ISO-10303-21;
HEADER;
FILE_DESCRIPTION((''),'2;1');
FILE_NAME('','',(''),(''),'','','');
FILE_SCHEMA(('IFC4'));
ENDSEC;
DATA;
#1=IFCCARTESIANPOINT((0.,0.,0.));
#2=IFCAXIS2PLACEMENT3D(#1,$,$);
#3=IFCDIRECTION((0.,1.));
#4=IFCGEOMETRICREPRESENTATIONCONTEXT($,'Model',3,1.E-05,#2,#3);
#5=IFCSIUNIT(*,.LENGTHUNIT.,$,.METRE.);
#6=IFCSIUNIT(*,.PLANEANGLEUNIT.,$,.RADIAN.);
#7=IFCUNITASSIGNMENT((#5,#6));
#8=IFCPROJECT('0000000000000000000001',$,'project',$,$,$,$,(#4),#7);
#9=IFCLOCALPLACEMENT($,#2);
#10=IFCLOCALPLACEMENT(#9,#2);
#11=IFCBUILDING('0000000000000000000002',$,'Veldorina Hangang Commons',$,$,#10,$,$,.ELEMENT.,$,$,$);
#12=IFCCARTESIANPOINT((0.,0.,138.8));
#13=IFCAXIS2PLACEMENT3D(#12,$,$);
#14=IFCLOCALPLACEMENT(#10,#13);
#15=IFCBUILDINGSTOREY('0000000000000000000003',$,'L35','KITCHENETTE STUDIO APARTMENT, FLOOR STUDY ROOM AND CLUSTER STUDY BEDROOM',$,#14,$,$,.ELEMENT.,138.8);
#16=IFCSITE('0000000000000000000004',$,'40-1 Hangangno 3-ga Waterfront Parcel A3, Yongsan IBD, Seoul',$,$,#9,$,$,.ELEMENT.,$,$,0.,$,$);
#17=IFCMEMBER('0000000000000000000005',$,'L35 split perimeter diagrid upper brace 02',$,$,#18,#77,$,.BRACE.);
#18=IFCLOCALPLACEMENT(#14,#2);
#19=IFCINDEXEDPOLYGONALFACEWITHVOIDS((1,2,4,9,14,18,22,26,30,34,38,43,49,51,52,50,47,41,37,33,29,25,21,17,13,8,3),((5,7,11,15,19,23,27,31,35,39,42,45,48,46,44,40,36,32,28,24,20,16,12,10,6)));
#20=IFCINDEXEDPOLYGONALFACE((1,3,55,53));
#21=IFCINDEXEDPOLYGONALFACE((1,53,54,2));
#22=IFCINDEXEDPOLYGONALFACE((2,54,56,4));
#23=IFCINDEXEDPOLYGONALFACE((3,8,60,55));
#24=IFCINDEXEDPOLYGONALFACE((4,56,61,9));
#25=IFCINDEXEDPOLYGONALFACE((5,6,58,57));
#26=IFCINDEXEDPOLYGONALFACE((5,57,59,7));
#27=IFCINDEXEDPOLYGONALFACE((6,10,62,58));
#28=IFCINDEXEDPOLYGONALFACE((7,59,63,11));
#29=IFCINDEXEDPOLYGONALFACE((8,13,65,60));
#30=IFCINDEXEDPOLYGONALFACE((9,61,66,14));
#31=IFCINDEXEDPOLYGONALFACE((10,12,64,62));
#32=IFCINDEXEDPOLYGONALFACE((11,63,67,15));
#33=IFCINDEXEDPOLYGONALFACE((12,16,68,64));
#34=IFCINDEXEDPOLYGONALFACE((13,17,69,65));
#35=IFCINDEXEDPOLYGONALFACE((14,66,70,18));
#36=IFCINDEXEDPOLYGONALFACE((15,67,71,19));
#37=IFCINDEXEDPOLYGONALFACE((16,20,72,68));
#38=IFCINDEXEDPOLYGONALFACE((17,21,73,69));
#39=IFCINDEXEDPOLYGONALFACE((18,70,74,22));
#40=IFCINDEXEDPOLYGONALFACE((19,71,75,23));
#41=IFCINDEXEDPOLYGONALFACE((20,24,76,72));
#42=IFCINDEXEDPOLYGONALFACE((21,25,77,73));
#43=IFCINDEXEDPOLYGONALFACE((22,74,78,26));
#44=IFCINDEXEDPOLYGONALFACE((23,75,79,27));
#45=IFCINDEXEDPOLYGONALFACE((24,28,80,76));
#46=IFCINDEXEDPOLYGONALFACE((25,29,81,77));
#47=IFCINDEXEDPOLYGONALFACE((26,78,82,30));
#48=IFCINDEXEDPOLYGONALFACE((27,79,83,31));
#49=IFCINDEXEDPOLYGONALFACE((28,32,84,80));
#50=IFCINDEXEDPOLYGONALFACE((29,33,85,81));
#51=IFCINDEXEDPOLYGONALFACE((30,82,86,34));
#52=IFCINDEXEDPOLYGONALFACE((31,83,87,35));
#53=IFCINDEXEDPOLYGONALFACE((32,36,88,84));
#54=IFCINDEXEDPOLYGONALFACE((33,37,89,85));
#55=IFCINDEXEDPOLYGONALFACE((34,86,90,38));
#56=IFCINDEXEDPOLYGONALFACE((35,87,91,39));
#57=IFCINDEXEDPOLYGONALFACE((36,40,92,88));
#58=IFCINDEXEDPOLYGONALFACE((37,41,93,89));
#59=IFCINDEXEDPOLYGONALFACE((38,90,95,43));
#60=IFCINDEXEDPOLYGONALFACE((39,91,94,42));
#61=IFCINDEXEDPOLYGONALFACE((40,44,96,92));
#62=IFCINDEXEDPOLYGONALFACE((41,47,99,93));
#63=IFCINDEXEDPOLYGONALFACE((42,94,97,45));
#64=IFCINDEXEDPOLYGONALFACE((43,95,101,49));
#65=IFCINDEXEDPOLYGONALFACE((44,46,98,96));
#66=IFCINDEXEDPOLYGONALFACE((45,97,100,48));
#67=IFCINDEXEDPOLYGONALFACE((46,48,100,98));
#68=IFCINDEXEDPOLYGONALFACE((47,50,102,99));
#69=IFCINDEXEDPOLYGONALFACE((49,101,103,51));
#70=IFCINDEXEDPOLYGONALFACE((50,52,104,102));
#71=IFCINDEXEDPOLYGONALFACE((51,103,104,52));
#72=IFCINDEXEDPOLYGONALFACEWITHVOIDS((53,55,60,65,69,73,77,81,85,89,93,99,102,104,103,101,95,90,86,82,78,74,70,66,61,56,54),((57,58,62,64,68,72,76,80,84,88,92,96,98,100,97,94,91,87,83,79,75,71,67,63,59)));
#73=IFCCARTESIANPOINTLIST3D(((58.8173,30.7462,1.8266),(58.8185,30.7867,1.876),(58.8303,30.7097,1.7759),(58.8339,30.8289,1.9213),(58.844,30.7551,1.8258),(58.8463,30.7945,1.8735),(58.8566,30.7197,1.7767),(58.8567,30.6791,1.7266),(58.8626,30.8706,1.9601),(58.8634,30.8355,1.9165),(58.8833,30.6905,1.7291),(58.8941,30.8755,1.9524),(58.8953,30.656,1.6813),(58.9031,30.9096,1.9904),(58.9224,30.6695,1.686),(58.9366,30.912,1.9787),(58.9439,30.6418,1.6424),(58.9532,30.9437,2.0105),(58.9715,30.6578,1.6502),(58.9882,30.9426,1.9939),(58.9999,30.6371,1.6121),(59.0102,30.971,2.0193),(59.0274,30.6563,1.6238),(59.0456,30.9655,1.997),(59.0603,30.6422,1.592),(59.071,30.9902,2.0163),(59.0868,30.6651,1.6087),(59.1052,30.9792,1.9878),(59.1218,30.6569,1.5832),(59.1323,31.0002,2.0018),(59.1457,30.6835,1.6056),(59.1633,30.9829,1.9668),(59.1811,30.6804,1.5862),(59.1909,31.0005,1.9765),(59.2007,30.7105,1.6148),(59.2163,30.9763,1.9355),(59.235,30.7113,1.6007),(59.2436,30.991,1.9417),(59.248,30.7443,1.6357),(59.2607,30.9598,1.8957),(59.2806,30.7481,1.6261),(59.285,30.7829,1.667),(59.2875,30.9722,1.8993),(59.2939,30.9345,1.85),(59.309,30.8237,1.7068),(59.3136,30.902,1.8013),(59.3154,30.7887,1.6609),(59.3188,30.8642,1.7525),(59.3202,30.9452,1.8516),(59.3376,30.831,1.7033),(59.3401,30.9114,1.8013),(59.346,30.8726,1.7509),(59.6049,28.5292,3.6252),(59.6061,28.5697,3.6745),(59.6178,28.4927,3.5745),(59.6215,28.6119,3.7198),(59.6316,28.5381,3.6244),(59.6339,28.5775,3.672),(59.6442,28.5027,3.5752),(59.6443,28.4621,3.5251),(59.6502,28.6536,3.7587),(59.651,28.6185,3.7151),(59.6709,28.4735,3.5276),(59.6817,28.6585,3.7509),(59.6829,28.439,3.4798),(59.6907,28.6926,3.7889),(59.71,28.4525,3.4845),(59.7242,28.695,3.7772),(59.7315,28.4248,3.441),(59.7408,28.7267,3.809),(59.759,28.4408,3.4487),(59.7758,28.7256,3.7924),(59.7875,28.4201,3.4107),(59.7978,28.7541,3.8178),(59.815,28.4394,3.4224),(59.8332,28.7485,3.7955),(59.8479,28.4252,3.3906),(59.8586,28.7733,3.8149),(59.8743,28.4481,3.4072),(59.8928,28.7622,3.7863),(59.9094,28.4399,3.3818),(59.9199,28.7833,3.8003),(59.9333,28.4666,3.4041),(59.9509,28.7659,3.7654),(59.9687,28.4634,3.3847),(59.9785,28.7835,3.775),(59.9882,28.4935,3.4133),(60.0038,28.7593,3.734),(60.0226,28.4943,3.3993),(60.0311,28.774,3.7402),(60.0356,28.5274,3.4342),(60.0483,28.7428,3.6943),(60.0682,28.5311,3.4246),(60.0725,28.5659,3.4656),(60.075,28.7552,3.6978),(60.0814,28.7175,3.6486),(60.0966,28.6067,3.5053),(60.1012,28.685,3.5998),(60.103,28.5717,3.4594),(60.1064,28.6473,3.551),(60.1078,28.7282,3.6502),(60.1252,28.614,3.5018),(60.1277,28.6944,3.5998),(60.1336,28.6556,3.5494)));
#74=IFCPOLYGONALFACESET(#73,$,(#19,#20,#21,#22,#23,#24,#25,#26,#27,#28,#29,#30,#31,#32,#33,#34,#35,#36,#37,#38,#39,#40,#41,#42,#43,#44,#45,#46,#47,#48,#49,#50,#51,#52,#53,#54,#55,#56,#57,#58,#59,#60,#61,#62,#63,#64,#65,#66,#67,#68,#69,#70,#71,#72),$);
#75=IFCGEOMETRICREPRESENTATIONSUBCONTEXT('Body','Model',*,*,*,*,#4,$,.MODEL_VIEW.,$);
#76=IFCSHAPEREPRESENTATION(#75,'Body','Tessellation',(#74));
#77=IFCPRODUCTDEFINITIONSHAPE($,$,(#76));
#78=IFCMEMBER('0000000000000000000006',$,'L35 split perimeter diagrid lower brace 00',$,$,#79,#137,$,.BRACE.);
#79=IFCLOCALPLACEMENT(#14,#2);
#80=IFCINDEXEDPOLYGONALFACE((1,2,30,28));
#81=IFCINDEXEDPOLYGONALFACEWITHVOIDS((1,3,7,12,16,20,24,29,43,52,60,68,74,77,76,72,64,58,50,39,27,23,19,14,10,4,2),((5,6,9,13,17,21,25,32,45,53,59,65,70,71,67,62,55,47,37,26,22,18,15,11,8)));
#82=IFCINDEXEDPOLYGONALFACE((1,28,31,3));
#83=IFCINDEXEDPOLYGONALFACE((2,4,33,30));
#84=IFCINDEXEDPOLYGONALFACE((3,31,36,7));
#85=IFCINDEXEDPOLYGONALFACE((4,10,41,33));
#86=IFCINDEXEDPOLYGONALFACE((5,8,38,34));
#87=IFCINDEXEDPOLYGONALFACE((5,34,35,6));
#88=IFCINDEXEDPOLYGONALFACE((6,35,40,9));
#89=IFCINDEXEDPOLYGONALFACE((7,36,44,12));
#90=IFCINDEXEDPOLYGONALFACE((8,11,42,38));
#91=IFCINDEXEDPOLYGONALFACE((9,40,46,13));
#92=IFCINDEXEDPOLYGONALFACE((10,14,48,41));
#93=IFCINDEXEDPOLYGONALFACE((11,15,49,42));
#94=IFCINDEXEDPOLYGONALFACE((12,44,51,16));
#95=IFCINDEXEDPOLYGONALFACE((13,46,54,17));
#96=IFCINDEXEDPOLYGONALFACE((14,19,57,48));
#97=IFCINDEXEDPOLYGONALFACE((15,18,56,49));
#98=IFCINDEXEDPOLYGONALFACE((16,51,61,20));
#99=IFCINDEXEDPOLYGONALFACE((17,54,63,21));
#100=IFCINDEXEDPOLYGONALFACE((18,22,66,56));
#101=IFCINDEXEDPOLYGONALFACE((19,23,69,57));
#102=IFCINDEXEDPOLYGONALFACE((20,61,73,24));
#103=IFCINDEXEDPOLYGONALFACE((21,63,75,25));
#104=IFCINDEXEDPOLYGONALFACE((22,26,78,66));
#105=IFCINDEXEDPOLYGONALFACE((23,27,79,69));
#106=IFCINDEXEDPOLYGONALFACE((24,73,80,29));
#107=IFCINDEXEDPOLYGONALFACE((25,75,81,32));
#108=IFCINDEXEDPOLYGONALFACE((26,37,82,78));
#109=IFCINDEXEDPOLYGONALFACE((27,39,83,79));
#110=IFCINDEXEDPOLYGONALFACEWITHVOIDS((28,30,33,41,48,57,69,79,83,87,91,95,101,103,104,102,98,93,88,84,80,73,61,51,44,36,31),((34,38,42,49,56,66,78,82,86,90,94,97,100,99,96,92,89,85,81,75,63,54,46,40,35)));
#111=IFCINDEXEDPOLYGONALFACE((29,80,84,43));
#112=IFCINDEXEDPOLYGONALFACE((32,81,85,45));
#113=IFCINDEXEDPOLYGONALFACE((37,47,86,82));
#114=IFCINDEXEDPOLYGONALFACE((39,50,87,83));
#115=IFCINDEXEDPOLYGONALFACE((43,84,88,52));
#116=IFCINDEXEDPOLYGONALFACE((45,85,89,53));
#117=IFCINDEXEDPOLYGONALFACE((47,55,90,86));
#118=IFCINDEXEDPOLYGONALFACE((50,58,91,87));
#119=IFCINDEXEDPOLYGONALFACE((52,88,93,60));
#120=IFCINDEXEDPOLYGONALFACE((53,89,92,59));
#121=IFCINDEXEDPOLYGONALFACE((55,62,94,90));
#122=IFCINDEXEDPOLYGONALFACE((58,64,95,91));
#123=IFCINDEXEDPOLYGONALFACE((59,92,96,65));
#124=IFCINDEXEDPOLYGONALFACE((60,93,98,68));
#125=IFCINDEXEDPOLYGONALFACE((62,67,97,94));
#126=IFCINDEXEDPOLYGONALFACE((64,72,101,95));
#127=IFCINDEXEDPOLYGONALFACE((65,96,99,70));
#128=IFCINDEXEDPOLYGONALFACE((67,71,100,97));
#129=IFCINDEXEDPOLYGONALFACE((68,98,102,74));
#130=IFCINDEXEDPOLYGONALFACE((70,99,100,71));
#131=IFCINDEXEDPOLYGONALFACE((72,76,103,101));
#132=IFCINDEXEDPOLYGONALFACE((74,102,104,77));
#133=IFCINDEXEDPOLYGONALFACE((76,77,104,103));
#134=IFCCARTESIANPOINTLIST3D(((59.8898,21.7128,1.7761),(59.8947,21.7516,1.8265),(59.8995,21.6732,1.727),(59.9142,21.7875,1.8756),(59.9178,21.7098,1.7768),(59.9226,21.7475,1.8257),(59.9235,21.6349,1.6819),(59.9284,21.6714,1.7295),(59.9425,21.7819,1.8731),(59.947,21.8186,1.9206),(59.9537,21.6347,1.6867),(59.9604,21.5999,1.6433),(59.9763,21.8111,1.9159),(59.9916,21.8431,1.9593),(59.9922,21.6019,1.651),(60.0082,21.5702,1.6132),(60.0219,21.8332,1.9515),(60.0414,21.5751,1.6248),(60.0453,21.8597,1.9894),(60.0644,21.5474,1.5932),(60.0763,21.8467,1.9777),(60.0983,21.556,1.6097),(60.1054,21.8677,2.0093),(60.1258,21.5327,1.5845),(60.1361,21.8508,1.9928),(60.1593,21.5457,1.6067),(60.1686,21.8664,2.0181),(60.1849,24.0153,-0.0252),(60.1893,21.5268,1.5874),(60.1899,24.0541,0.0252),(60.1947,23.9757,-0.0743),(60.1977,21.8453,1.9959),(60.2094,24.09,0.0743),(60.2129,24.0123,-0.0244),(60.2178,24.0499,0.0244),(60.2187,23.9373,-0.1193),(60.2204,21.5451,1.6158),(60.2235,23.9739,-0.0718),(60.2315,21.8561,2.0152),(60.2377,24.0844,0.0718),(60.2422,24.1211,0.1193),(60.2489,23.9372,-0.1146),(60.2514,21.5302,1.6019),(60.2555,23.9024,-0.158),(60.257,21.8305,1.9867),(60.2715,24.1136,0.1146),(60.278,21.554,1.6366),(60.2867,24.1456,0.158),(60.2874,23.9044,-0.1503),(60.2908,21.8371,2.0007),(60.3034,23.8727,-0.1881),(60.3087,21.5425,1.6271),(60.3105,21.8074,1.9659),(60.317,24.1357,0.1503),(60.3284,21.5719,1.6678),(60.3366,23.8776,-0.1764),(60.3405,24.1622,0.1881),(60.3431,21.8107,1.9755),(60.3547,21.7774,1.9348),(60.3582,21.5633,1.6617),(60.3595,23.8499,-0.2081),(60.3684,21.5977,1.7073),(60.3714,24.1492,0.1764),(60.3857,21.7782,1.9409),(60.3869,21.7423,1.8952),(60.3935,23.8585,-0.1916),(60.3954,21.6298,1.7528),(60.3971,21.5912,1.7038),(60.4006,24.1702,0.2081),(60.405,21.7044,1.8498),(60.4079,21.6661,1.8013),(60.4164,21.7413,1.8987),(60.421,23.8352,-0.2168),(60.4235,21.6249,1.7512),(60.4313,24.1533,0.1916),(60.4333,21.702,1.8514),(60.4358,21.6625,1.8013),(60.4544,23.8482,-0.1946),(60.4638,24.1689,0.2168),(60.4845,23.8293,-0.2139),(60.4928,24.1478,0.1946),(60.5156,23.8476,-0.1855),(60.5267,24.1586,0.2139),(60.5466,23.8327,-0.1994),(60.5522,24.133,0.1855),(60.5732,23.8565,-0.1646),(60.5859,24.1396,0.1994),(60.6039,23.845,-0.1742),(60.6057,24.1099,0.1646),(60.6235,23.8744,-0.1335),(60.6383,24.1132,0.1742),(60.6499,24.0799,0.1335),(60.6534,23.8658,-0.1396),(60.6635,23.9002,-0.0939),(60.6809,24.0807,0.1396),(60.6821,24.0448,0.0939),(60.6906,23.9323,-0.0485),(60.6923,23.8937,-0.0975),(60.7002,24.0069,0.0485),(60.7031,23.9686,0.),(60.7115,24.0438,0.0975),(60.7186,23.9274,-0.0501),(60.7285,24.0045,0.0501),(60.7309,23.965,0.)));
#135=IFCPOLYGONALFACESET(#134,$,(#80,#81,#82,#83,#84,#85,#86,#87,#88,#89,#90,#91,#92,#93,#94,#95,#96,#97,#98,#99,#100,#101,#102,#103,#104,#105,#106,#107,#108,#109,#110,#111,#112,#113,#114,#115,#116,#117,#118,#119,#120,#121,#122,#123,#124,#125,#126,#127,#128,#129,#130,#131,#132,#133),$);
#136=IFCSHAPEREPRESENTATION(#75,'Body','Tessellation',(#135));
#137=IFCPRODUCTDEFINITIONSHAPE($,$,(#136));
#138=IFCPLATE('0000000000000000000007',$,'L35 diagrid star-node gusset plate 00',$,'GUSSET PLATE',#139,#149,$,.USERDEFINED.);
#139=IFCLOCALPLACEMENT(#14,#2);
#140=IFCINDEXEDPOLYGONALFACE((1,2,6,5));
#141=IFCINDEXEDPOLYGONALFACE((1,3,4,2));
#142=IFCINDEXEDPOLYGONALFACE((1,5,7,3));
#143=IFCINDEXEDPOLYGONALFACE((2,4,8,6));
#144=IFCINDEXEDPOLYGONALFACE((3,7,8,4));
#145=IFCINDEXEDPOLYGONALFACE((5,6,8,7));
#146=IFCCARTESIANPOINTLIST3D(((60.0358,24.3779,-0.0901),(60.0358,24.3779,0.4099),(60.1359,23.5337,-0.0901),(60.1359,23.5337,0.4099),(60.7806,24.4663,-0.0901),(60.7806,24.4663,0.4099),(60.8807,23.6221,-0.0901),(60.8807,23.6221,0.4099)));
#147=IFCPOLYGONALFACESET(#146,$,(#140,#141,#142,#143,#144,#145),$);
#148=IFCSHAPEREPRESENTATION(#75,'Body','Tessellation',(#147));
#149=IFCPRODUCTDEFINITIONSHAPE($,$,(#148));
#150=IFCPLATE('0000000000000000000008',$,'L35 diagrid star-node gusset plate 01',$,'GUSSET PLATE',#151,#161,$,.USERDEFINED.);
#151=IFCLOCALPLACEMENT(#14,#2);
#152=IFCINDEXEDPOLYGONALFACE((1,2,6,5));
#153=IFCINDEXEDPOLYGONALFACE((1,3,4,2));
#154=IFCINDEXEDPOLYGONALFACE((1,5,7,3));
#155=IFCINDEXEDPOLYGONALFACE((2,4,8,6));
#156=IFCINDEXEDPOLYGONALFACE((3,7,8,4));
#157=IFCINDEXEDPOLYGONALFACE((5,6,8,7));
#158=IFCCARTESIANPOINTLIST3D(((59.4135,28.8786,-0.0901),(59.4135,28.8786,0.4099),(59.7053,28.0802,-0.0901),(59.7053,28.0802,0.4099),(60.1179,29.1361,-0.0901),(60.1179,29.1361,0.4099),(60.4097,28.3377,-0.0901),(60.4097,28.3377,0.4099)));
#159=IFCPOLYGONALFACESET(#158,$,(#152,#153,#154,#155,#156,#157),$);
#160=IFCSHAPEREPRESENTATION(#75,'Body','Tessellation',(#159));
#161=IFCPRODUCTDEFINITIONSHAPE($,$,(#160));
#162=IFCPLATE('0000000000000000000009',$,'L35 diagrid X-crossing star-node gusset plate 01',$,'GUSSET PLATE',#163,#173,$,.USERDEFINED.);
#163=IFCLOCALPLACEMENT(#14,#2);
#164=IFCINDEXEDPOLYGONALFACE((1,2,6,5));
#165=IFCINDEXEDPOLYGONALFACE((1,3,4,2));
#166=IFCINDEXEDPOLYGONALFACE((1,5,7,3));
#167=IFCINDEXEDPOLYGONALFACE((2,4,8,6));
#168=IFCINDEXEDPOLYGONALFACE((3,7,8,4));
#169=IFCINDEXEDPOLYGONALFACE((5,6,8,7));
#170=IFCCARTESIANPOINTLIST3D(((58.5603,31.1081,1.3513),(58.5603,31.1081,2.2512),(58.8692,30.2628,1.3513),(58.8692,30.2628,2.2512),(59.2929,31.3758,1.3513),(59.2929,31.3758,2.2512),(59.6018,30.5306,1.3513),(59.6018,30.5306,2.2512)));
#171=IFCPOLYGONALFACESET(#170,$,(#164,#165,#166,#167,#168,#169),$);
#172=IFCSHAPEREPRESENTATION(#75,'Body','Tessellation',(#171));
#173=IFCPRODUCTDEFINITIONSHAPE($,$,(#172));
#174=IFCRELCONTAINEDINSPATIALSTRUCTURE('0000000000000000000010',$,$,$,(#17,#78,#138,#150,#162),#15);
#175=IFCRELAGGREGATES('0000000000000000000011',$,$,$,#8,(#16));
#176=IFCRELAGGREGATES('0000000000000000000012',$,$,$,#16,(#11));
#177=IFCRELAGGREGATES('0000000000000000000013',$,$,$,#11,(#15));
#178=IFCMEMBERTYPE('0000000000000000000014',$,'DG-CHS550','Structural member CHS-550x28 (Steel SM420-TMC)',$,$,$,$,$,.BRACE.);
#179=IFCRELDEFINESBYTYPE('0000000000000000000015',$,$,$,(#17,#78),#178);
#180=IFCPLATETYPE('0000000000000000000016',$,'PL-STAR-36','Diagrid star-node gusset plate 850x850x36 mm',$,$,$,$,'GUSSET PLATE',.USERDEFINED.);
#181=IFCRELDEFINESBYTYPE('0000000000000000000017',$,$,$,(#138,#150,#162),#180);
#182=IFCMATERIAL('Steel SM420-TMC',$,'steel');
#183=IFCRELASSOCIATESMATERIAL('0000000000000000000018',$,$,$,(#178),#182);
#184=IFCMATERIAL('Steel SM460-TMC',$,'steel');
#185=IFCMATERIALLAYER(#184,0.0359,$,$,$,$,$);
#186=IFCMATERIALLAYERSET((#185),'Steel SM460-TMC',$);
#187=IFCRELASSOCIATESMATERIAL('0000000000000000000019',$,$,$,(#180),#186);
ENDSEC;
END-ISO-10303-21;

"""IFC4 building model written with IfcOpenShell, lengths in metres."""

from ifc_helpers import new_model, si_unit, direction, frame, origin, origin_2d, place, context, subcontext, project, spatial, rectangle, hollow_circle, extrude, material, layer, layer_set, material_profile, profile_set, type_object, element, save


model = new_model("IFC4")

# Units and contexts
model_context = context("Model", 3, precision=1e-05, world=origin(), true_north=direction((0.0, 1.0)))
body_context = subcontext(model_context, "Body", "Model", "MODEL_VIEW")
ifc_project = project(units=[si_unit("LENGTHUNIT", "METRE"), si_unit("PLANEANGLEUNIT", "RADIAN")], contexts=[model_context])

# Site, building, storey
site_placement = place(None, origin())
site = spatial("IfcSite", under=ifc_project, at=site_placement, Name="40-1 Hangangno 3-ga Waterfront Parcel A3, Yongsan IBD, Seoul", CompositionType="ELEMENT", RefElevation=0.0)
building_placement = place(site_placement, origin())
building = spatial("IfcBuilding", under=site, at=building_placement, Name="Veldorina Hangang Commons", CompositionType="ELEMENT")
storey_placement = place(building_placement, frame((0.0, 0.0, 138.8)))
storey = spatial("IfcBuildingStorey", under=building, at=storey_placement, Name="L35", Description="KITCHENETTE STUDIO APARTMENT, FLOOR STUDY ROOM AND CLUSTER STUDY BEDROOM", CompositionType="ELEMENT", Elevation=138.8)

# Shared definitions
ifc_material_1 = material(Name="Steel SM420-TMC", Category="steel")

# Members
ifc_material_profile_1 = material_profile(ifc_material_1, hollow_circle(Radius=0.2749, WallThickness=0.0281, at=origin_2d()), Name="CHS-550x28")
ifc_profile_set_1 = profile_set([ifc_material_profile_1], Name="Steel SM420-TMC")
member_type_1 = type_object("IfcMemberType", Name="DG-CHS550", Description="Structural member CHS-550x28 (Steel SM420-TMC)", PredefinedType="BRACE", material=ifc_profile_set_1)
member_1_placement = place(storey_placement, frame((59.0811, 30.8193, 1.8013), z_axis=(0.265945, -0.748621, 0.607322), x_axis=(0.942306, 0.334752, 0.0)))
element("IfcMember", 1, at=member_1_placement, inside=storey, type_object=member_type_1, Name="L35 split perimeter diagrid upper brace 02", PredefinedType="BRACE", context=body_context, shape_type="SweptSolid", body=[
    extrude(hollow_circle(Radius=0.2749, WallThickness=0.0281, at=origin_2d()), origin(), (0.0, 0.0, 1.0), 2.9614),
])
member_2_placement = place(storey_placement, frame((60.4583, 24.0, 0.0), z_axis=(-0.100457, -0.783634, 0.613047), x_axis=(0.991883, -0.127154, 0.0)))
element("IfcMember", 2, at=member_2_placement, inside=storey, type_object=member_type_1, Name="L35 split perimeter diagrid lower brace 00", PredefinedType="BRACE", context=body_context, shape_type="SweptSolid", body=[
    extrude(hollow_circle(Radius=0.2749, WallThickness=0.0281, at=origin_2d()), origin(), (0.0, 0.0, 1.0), 2.9382),
])

# Plates
ifc_material_2 = material(Name="Steel SM460-TMC", Category="steel")
ifc_layer_1 = layer(ifc_material_2, 0.0359)
ifc_layer_set_1 = layer_set([ifc_layer_1], Name="Steel SM460-TMC")
plate_type = type_object("IfcPlateType", Name="PL-STAR-36", Description="Diagrid star-node gusset plate 850x850x36 mm", ElementType="GUSSET PLATE", PredefinedType="USERDEFINED", material=ifc_layer_set_1)
for number, where, z_axis, x_axis, name in (
    (3, (60.4583, 24.0, -0.0901), (0.0, 0.0, 1.0), (-0.117832, 0.993034, 0.0), "L35 diagrid star-node gusset plate 00"),
    (4, (59.9116, 28.6082, -0.0901), (0.0, 0.0, 1.0), (-0.343283, 0.939232, 0.0), "L35 diagrid star-node gusset plate 01"),
):
    element("IfcPlate", number, at=place(storey_placement, frame(where, z_axis=z_axis, x_axis=x_axis)), inside=storey, type_object=plate_type, Name=name, ObjectType="GUSSET PLATE", PredefinedType="USERDEFINED", context=body_context, shape_type="SweptSolid", body=[
        extrude(rectangle(XDim=0.8501, YDim=0.75, at=origin_2d()), origin(), (0.0, 0.0, 1.0), 0.5),
    ])
plate_placement = place(storey_placement, frame((59.0811, 30.8193, 1.3513), z_axis=(0.0, 0.0, 1.0), x_axis=(-0.343283, 0.939232, 0.0)))
element("IfcPlate", 5, at=plate_placement, inside=storey, type_object=plate_type, Name="L35 diagrid X-crossing star-node gusset plate 01", ObjectType="GUSSET PLATE", PredefinedType="USERDEFINED", context=body_context, shape_type="SweptSolid", body=[
    extrude(rectangle(XDim=0.8999, YDim=0.78, at=origin_2d()), origin(), (0.0, 0.0, 1.0), 0.8999),
])

save(model, "model.ifc")
